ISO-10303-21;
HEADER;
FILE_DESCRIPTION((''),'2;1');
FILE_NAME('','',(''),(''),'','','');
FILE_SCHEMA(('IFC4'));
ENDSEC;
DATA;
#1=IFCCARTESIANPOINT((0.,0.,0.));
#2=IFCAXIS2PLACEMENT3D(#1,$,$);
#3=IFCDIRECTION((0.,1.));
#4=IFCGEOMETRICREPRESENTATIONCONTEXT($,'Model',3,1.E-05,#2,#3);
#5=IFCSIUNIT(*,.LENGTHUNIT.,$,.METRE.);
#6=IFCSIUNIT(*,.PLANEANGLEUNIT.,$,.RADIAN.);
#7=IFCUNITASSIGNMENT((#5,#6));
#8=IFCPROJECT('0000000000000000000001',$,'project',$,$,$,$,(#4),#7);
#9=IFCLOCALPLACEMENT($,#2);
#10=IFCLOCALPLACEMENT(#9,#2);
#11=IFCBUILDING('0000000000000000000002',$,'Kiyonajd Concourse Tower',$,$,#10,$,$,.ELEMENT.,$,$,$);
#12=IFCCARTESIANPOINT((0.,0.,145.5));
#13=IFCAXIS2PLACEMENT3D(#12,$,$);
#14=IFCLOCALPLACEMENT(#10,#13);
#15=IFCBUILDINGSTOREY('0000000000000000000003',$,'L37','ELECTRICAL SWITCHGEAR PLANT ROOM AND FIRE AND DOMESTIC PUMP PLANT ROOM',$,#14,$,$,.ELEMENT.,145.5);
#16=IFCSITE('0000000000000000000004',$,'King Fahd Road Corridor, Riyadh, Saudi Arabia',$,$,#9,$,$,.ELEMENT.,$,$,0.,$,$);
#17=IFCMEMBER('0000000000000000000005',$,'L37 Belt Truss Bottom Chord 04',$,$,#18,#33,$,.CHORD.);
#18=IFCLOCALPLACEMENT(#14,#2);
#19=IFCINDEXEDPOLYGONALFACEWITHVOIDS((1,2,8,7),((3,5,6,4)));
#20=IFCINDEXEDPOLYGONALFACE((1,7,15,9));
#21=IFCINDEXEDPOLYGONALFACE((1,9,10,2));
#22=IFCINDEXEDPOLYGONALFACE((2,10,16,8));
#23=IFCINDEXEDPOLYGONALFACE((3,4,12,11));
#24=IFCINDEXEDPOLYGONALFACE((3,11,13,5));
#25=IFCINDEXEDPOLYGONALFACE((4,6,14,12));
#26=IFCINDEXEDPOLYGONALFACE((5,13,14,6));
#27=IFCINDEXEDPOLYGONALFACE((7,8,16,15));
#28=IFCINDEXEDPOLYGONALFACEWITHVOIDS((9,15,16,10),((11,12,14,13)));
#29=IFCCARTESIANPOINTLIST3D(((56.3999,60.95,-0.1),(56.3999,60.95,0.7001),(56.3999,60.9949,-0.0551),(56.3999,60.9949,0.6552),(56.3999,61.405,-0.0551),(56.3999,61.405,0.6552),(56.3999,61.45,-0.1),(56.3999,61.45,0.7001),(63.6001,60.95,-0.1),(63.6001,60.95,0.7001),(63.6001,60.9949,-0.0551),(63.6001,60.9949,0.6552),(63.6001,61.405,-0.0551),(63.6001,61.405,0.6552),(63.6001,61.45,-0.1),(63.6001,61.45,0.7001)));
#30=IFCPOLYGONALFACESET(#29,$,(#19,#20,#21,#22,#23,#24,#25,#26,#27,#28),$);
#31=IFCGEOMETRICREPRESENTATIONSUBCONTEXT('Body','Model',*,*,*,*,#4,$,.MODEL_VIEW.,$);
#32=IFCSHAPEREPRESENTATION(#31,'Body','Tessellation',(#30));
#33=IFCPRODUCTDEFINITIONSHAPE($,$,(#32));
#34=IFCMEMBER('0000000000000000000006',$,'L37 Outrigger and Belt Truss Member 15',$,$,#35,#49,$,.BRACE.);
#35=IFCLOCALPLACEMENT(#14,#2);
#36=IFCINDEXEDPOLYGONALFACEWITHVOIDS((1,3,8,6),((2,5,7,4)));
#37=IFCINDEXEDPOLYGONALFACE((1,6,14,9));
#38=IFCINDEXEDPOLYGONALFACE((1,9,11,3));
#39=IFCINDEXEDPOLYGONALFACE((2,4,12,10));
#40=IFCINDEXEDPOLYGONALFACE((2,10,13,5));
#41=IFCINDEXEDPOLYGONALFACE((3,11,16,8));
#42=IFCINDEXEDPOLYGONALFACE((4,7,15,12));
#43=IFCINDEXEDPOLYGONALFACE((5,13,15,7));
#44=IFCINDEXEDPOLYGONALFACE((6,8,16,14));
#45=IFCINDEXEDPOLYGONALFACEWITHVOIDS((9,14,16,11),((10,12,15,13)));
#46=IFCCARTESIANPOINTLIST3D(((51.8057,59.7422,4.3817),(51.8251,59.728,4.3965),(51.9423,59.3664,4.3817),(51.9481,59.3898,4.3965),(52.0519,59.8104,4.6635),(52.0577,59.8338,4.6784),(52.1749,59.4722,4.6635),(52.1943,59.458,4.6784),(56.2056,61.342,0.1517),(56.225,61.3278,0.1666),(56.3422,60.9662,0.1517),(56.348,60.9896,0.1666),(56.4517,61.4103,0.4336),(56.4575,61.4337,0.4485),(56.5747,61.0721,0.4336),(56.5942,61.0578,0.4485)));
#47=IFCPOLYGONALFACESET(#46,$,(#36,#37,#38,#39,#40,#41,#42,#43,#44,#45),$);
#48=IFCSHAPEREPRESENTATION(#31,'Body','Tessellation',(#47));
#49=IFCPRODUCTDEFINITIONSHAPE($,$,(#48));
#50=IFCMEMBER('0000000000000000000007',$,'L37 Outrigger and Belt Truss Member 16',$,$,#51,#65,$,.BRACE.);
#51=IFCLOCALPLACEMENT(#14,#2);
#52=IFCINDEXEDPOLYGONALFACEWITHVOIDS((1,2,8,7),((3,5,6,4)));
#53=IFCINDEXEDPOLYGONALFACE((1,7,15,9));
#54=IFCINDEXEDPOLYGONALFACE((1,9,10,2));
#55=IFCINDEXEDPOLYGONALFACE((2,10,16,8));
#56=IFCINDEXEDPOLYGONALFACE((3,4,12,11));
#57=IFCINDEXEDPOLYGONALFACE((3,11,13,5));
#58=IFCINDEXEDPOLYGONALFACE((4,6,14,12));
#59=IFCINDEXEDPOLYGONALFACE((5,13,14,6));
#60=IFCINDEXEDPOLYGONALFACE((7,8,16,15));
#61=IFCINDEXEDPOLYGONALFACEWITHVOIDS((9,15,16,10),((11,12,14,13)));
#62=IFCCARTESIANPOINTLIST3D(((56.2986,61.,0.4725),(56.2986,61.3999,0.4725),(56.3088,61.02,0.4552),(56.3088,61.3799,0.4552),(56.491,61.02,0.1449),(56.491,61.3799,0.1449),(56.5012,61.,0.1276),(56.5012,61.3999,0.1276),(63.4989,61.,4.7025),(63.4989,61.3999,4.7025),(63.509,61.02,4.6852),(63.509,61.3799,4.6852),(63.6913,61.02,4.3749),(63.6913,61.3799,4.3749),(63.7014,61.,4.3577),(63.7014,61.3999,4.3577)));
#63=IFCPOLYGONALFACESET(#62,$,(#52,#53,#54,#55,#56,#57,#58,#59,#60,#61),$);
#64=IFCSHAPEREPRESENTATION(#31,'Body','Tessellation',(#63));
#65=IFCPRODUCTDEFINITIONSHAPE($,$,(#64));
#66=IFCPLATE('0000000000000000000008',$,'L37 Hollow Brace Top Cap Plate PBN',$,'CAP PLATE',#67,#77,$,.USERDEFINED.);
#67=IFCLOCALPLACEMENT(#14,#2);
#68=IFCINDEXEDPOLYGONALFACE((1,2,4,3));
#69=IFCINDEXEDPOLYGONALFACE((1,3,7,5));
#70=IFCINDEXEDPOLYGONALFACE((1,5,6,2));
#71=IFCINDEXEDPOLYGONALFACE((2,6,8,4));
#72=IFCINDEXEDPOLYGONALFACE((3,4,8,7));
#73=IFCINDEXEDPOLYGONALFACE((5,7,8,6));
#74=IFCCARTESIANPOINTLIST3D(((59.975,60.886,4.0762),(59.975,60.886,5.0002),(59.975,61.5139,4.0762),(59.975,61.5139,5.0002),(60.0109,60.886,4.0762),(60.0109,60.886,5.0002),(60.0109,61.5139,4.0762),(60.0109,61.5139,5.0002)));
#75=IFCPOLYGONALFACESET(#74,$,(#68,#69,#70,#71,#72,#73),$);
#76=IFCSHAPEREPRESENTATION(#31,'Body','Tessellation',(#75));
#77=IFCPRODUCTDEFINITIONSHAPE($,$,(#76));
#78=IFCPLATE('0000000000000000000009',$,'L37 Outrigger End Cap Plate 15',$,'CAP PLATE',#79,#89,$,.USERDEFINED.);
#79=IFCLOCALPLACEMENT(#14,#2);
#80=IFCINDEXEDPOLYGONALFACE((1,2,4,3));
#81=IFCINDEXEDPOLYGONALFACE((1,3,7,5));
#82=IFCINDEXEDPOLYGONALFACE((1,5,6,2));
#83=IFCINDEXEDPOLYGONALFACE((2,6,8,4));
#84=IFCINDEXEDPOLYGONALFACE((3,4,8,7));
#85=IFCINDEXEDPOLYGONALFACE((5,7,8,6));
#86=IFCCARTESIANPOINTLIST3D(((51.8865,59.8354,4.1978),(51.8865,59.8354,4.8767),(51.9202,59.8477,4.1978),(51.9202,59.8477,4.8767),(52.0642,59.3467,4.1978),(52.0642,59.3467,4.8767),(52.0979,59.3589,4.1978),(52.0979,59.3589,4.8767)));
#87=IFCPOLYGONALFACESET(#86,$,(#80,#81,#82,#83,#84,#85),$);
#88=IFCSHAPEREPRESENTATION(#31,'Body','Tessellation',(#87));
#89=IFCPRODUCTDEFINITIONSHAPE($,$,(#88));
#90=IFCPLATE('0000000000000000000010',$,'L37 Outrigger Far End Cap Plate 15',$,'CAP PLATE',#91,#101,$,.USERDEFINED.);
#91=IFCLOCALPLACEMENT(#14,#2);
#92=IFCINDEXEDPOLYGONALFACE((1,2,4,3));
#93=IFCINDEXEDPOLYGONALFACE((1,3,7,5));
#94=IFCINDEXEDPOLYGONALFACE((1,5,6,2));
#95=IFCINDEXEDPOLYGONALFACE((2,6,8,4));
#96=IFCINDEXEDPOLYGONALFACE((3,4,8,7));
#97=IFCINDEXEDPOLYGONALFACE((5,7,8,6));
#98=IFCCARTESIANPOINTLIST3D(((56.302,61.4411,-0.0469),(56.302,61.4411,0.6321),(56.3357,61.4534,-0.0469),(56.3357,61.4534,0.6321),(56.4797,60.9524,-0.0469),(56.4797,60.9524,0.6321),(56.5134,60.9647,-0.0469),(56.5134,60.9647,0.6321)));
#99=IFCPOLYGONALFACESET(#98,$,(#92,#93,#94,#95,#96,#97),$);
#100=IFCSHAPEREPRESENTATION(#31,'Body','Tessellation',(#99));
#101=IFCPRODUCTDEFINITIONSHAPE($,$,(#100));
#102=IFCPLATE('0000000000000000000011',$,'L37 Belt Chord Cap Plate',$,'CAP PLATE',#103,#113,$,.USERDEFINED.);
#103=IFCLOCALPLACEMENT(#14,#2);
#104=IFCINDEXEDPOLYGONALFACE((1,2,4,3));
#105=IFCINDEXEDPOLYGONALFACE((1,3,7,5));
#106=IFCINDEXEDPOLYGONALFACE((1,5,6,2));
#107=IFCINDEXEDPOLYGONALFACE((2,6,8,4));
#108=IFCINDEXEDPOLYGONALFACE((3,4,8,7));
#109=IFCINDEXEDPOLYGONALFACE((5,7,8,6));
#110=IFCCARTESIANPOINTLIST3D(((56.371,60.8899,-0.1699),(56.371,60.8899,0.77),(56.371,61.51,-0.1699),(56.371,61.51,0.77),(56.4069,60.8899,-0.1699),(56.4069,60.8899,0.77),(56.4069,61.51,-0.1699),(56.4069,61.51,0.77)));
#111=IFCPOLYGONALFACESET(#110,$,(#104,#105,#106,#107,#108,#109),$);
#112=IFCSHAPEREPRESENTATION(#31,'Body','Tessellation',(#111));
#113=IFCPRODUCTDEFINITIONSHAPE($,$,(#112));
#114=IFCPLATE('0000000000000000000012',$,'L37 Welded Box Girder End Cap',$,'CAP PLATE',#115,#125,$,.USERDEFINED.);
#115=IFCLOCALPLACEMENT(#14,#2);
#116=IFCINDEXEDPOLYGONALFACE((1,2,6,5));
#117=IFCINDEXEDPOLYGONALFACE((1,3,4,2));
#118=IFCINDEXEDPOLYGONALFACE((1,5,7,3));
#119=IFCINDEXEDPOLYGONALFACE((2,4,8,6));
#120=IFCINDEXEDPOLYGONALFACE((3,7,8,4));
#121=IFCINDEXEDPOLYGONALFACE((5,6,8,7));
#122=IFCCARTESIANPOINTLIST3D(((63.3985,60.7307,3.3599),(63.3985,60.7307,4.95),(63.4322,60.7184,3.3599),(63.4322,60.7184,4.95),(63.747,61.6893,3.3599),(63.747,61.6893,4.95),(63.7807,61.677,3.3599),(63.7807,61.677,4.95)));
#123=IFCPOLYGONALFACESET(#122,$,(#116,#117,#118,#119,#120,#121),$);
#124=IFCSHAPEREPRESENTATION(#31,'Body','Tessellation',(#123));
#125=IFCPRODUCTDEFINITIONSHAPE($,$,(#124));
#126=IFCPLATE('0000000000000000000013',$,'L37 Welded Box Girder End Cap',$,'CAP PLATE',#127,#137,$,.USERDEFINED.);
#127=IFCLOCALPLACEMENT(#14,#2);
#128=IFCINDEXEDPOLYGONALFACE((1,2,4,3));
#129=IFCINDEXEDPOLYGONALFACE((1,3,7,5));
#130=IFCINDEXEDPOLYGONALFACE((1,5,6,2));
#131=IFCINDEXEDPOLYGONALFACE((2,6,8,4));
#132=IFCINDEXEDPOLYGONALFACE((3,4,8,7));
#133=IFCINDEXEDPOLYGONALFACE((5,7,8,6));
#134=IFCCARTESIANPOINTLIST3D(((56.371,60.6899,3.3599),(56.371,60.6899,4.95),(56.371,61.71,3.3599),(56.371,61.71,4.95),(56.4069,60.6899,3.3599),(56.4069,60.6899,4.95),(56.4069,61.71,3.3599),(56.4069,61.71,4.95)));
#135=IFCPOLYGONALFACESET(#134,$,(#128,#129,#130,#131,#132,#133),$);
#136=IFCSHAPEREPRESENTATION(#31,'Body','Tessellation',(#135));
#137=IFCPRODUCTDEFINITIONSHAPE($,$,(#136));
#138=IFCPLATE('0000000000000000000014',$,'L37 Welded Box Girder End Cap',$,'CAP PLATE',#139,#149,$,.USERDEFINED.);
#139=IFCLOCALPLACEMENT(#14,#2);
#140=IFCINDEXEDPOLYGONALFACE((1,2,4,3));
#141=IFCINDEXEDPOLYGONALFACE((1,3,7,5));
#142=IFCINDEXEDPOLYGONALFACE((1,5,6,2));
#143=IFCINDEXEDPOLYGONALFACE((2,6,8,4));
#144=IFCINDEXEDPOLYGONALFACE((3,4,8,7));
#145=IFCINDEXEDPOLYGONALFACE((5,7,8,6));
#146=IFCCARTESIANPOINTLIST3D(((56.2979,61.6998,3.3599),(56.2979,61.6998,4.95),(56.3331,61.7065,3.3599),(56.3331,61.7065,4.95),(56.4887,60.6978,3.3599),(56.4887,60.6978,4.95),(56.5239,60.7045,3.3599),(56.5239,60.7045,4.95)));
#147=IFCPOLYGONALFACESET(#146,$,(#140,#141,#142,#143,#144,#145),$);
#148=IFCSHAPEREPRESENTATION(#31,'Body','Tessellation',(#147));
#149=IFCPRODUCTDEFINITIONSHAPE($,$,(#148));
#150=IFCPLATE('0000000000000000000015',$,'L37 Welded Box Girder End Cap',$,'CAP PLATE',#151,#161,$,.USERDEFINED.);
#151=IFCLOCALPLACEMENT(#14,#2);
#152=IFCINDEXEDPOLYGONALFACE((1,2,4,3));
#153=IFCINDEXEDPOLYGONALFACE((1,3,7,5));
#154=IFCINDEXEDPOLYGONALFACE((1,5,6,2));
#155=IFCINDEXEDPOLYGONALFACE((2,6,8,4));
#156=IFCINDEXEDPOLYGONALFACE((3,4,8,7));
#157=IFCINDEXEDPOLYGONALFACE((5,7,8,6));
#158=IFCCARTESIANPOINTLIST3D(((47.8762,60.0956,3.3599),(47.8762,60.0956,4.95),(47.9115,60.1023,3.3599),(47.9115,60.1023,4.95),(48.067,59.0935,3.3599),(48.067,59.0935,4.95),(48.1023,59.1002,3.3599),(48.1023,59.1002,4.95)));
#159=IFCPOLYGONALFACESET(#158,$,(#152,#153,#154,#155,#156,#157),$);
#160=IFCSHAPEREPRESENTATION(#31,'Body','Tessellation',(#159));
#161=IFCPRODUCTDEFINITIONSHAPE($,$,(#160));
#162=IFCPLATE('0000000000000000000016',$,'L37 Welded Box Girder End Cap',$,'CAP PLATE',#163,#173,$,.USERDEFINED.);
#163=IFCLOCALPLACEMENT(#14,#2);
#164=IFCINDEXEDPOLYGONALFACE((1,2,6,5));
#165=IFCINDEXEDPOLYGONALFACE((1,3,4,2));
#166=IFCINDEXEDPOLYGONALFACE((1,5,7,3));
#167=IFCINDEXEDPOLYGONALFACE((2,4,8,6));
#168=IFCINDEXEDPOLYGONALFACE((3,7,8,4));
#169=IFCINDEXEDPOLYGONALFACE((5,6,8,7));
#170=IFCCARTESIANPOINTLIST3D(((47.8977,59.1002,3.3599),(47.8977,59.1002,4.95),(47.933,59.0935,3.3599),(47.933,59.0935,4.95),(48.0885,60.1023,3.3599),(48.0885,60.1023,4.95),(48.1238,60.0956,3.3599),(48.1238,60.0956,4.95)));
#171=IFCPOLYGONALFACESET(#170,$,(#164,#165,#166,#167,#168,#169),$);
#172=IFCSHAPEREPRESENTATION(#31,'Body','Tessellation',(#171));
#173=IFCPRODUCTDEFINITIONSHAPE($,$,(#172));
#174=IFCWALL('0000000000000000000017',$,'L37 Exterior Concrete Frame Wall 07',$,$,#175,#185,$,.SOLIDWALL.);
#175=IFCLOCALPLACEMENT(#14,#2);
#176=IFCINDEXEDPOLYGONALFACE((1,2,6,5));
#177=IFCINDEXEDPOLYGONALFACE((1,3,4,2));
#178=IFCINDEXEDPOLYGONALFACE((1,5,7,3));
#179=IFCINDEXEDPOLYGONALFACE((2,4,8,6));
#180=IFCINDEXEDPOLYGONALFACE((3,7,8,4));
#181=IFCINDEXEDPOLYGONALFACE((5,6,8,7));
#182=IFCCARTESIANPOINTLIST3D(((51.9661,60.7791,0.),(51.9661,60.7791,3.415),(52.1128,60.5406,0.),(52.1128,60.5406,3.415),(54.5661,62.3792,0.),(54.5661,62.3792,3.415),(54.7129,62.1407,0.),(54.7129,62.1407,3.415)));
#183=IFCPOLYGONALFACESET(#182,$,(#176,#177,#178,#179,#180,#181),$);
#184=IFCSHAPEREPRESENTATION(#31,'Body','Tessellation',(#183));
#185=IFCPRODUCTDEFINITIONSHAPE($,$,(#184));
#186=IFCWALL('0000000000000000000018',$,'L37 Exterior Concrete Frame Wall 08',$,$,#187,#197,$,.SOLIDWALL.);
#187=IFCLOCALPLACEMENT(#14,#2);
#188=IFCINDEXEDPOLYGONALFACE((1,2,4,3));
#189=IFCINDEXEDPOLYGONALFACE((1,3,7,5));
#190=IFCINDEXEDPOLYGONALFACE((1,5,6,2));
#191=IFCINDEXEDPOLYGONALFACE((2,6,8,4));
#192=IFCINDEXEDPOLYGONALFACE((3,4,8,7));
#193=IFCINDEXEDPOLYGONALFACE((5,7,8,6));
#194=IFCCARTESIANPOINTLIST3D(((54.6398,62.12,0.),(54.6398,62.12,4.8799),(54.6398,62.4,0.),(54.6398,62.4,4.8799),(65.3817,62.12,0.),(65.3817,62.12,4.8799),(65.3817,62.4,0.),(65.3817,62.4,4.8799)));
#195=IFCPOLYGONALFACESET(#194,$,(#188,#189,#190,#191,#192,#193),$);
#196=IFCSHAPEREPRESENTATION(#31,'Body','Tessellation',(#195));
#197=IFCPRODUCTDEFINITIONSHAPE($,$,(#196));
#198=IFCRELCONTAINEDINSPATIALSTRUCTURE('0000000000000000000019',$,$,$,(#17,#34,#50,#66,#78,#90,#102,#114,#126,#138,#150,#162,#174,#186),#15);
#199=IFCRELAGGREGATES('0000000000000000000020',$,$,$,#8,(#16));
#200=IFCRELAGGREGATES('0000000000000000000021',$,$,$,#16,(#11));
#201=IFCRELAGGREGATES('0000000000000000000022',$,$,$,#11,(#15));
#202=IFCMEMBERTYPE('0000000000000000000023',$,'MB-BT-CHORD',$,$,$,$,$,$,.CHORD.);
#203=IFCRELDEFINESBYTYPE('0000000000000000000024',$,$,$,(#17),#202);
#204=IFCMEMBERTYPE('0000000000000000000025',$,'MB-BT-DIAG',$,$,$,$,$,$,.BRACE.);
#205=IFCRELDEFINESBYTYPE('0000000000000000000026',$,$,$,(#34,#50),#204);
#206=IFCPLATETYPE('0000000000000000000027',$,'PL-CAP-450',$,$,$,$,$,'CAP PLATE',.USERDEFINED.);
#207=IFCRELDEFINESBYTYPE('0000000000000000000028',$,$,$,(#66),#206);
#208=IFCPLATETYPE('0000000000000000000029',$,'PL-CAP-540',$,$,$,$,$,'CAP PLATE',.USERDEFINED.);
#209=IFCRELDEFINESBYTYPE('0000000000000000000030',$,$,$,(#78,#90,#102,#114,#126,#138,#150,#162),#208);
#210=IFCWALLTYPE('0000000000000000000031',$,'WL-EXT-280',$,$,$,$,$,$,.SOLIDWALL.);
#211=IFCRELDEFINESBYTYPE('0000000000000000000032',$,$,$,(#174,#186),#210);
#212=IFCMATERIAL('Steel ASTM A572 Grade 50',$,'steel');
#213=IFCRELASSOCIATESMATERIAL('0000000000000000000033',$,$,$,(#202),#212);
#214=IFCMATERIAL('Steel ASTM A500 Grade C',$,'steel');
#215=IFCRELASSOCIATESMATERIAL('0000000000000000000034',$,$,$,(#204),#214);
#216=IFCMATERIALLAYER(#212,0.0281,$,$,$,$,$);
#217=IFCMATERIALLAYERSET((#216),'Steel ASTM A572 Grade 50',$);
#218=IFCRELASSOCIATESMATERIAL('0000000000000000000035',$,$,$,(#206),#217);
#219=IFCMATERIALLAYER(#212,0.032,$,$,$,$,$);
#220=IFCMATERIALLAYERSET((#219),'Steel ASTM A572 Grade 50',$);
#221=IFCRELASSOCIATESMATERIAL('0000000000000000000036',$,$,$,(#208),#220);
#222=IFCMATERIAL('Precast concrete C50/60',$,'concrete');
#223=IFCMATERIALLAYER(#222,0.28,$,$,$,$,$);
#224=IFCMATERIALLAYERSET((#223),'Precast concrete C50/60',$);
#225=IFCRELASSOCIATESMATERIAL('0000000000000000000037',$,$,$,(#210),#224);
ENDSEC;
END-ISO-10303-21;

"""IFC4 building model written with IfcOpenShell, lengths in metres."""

from ifc_helpers import new_model, si_unit, direction, frame, frame_2d, origin, origin_2d, place, context, subcontext, project, spatial, rectangle, hollow_rectangle, extrude, material, layer, layer_set, material_profile, profile_set, type_object, element, save


model = new_model("IFC4")

# Units and contexts
model_context = context("Model", 3, precision=1e-05, world=origin(), true_north=direction((0.0, 1.0)))
body_context = subcontext(model_context, "Body", "Model", "MODEL_VIEW")
ifc_project = project(units=[si_unit("LENGTHUNIT", "METRE"), si_unit("PLANEANGLEUNIT", "RADIAN")], contexts=[model_context])

# Site, building, storey
site_placement = place(None, origin())
site = spatial("IfcSite", under=ifc_project, at=site_placement, Name="King Fahd Road Corridor, Riyadh, Saudi Arabia", CompositionType="ELEMENT", RefElevation=0.0)
building_placement = place(site_placement, origin())
building = spatial("IfcBuilding", under=site, at=building_placement, Name="Kiyonajd Concourse Tower", CompositionType="ELEMENT")
storey_placement = place(building_placement, frame((0.0, 0.0, 145.5)))
storey = spatial("IfcBuildingStorey", under=building, at=storey_placement, Name="L37", Description="ELECTRICAL SWITCHGEAR PLANT ROOM AND FIRE AND DOMESTIC PUMP PLANT ROOM", CompositionType="ELEMENT", Elevation=145.5)

# Shared definitions
ifc_material_1 = material(Name="Steel ASTM A572 Grade 50", Category="steel")

# Members
ifc_material_profile_1 = material_profile(ifc_material_1, hollow_rectangle(XDim=0.5, YDim=0.8, WallThickness=0.0449, at=origin_2d()), Name="BOX-800x500x45")
ifc_profile_set_1 = profile_set([ifc_material_profile_1], Name="Steel ASTM A572 Grade 50")
member_type_1 = type_object("IfcMemberType", Name="MB-BT-CHORD", PredefinedType="CHORD", material=ifc_profile_set_1)
member_1_placement = place(storey_placement, frame((56.3999, 61.2, 0.3), z_axis=(1.0, 0.0, 0.0), x_axis=(0.0, 1.0, 0.0)))
element("IfcMember", 1, at=member_1_placement, inside=storey, type_object=member_type_1, Name="L37 Belt Truss Bottom Chord 04", PredefinedType="CHORD", context=body_context, shape_type="SweptSolid", body=[
    extrude(hollow_rectangle(XDim=0.5, YDim=0.8, WallThickness=0.0449, at=origin_2d()), origin(), (0.0, 0.0, 1.0), 7.2002),
])
ifc_material_2 = material(Name="Steel ASTM A500 Grade C", Category="steel")
ifc_material_profile_2 = material_profile(ifc_material_2, hollow_rectangle(XDim=0.3999, YDim=0.3999, WallThickness=0.02, at=origin_2d()), Name="HSS-400x400x20")
ifc_profile_set_2 = profile_set([ifc_material_profile_2], Name="Steel ASTM A500 Grade C")
member_type_2 = type_object("IfcMemberType", Name="MB-BT-DIAG", PredefinedType="BRACE", material=ifc_profile_set_2)
member_2_placement = place(storey_placement, frame((52.0, 59.6001, 4.53), z_axis=(0.697331, 0.253557, -0.670401), x_axis=(-0.341722, 0.939801, 0.0)))
element("IfcMember", 2, at=member_2_placement, inside=storey, type_object=member_type_2, Name="L37 Outrigger and Belt Truss Member 15", PredefinedType="BRACE", context=body_context, shape_type="SweptSolid", body=[
    extrude(hollow_rectangle(XDim=0.3999, YDim=0.3999, WallThickness=0.02, at=origin_2d()), origin(), (0.0, 0.0, 1.0), 6.3096),
])
member_3_placement = place(storey_placement, frame((56.3999, 61.2, 0.3), z_axis=(0.862218, 0.0, 0.506537), x_axis=(0.0, 1.0, 0.0)))
element("IfcMember", 3, at=member_3_placement, inside=storey, type_object=member_type_2, Name="L37 Outrigger and Belt Truss Member 16", PredefinedType="BRACE", context=body_context, shape_type="SweptSolid", body=[
    extrude(hollow_rectangle(XDim=0.3999, YDim=0.3999, WallThickness=0.02, at=origin_2d()), origin(), (0.0, 0.0, 1.0), 8.3508),
])

# Plates
ifc_layer_1 = layer(ifc_material_1, 0.0281)
ifc_layer_set_1 = layer_set([ifc_layer_1], Name="Steel ASTM A572 Grade 50")
plate_type_1 = type_object("IfcPlateType", Name="PL-CAP-450", ElementType="CAP PLATE", PredefinedType="USERDEFINED", material=ifc_layer_set_1)
plate_1_placement = place(storey_placement, frame((59.9929, 61.2, 4.0762), z_axis=(0.0, 0.0, 1.0), x_axis=(-1.0, 0.0, 0.0)))
element("IfcPlate", 4, at=plate_1_placement, inside=storey, type_object=plate_type_1, Name="L37 Hollow Brace Top Cap Plate PBN", ObjectType="CAP PLATE", PredefinedType="USERDEFINED", context=body_context, shape_type="SweptSolid", body=[
    extrude(rectangle(XDim=0.0359, YDim=0.6279, at=origin_2d()), origin(), (0.0, 0.0, 1.0), 0.9241),
])
ifc_layer_2 = layer(ifc_material_1, 0.032)
ifc_layer_set_2 = layer_set([ifc_layer_2], Name="Steel ASTM A572 Grade 50")
plate_type_2 = type_object("IfcPlateType", Name="PL-CAP-540", ElementType="CAP PLATE", PredefinedType="USERDEFINED", material=ifc_layer_set_2)
for number, where, z_axis, x_axis, name in (
    (5, (51.9922, 59.5972, 4.1978), (0.0, 0.0, 1.0), (-0.939812, -0.341692, 0.0), "L37 Outrigger End Cap Plate 15"),
    (6, (56.4077, 61.2029, -0.0469), (0.0, 0.0, 1.0), (0.939812, 0.341692, 0.0), "L37 Outrigger Far End Cap Plate 15"),
):
    element("IfcPlate", number, at=place(storey_placement, frame(where, z_axis=z_axis, x_axis=x_axis)), inside=storey, type_object=plate_type_2, Name=name, ObjectType="CAP PLATE", PredefinedType="USERDEFINED", context=body_context, shape_type="SweptSolid", body=[
        extrude(rectangle(XDim=0.0359, YDim=0.52, at=origin_2d()), origin(), (0.0, 0.0, 1.0), 0.679),
    ])
plate_2_placement = place(storey_placement, frame((56.3889, 61.2, -0.1699), z_axis=(0.0, 0.0, 1.0), x_axis=(-1.0, 0.0, 0.0)))
element("IfcPlate", 7, at=plate_2_placement, inside=storey, type_object=plate_type_2, Name="L37 Belt Chord Cap Plate", ObjectType="CAP PLATE", PredefinedType="USERDEFINED", context=body_context, shape_type="SweptSolid", body=[
    extrude(rectangle(XDim=0.0359, YDim=0.6201, at=origin_2d()), origin(), (0.0, 0.0, 1.0), 0.9399),
])
for number, where, z_axis, x_axis, name in (
    (8, (63.5896, 61.2039, 3.3599), (0.0, 0.0, 1.0), (-0.939812, 0.341692, 0.0), "L37 Welded Box Girder End Cap"),
    (9, (56.3889, 61.2, 3.3599), (0.0, 0.0, 1.0), (-1.0, 0.0, 0.0), "L37 Welded Box Girder End Cap"),
    (10, (56.4109, 61.2021, 3.3599), (0.0, 0.0, 1.0), (0.982353, 0.187038, 0.0), "L37 Welded Box Girder End Cap"),
    (11, (47.9893, 59.5979, 3.3599), (0.0, 0.0, 1.0), (-0.982353, -0.187038, 0.0), "L37 Welded Box Girder End Cap"),
    (12, (48.0107, 59.5979, 3.3599), (0.0, 0.0, 1.0), (0.982353, -0.187038, 0.0), "L37 Welded Box Girder End Cap"),
):
    element("IfcPlate", number, at=place(storey_placement, frame(where, z_axis=z_axis, x_axis=x_axis)), inside=storey, type_object=plate_type_2, Name=name, ObjectType="CAP PLATE", PredefinedType="USERDEFINED", context=body_context, shape_type="SweptSolid", body=[
        extrude(rectangle(XDim=0.0359, YDim=1.02, at=origin_2d()), origin(), (0.0, 0.0, 1.0), 1.5901),
    ])

# Walls
ifc_material_3 = material(Name="Precast concrete C50/60", Category="concrete")
ifc_layer_3 = layer(ifc_material_3, 0.28)
ifc_layer_set_3 = layer_set([ifc_layer_3], Name="Precast concrete C50/60")
wall_type_1 = type_object("IfcWallType", Name="WL-EXT-280", PredefinedType="SOLIDWALL", material=ifc_layer_set_3)
wall_1_placement = place(storey_placement, frame((52.0396, 60.6599, 0.0), z_axis=(0.0, 0.0, 1.0), x_axis=(0.851653, 0.524106, 0.0)))
element("IfcWall", 13, at=wall_1_placement, inside=storey, type_object=wall_type_1, Name="L37 Exterior Concrete Frame Wall 07", PredefinedType="SOLIDWALL", context=body_context, shape_type="SweptSolid", body=[
    extrude(rectangle(XDim=3.053, YDim=0.28, at=frame_2d((1.5264, 0.0))), origin(), (0.0, 0.0, 1.0), 3.415),
])
wall_2_placement = place(storey_placement, frame((54.6396, 62.26, 0.0), z_axis=(0.0, 0.0, 1.0), x_axis=(1.0, 0.0, 0.0)))
element("IfcWall", 14, at=wall_2_placement, inside=storey, type_object=wall_type_1, Name="L37 Exterior Concrete Frame Wall 08", PredefinedType="SOLIDWALL", context=body_context, shape_type="SweptSolid", body=[
    extrude(rectangle(XDim=10.7419, YDim=0.28, at=frame_2d((5.3711, 0.0))), origin(), (0.0, 0.0, 1.0), 4.8799),
])

save(model, "model.ifc")
